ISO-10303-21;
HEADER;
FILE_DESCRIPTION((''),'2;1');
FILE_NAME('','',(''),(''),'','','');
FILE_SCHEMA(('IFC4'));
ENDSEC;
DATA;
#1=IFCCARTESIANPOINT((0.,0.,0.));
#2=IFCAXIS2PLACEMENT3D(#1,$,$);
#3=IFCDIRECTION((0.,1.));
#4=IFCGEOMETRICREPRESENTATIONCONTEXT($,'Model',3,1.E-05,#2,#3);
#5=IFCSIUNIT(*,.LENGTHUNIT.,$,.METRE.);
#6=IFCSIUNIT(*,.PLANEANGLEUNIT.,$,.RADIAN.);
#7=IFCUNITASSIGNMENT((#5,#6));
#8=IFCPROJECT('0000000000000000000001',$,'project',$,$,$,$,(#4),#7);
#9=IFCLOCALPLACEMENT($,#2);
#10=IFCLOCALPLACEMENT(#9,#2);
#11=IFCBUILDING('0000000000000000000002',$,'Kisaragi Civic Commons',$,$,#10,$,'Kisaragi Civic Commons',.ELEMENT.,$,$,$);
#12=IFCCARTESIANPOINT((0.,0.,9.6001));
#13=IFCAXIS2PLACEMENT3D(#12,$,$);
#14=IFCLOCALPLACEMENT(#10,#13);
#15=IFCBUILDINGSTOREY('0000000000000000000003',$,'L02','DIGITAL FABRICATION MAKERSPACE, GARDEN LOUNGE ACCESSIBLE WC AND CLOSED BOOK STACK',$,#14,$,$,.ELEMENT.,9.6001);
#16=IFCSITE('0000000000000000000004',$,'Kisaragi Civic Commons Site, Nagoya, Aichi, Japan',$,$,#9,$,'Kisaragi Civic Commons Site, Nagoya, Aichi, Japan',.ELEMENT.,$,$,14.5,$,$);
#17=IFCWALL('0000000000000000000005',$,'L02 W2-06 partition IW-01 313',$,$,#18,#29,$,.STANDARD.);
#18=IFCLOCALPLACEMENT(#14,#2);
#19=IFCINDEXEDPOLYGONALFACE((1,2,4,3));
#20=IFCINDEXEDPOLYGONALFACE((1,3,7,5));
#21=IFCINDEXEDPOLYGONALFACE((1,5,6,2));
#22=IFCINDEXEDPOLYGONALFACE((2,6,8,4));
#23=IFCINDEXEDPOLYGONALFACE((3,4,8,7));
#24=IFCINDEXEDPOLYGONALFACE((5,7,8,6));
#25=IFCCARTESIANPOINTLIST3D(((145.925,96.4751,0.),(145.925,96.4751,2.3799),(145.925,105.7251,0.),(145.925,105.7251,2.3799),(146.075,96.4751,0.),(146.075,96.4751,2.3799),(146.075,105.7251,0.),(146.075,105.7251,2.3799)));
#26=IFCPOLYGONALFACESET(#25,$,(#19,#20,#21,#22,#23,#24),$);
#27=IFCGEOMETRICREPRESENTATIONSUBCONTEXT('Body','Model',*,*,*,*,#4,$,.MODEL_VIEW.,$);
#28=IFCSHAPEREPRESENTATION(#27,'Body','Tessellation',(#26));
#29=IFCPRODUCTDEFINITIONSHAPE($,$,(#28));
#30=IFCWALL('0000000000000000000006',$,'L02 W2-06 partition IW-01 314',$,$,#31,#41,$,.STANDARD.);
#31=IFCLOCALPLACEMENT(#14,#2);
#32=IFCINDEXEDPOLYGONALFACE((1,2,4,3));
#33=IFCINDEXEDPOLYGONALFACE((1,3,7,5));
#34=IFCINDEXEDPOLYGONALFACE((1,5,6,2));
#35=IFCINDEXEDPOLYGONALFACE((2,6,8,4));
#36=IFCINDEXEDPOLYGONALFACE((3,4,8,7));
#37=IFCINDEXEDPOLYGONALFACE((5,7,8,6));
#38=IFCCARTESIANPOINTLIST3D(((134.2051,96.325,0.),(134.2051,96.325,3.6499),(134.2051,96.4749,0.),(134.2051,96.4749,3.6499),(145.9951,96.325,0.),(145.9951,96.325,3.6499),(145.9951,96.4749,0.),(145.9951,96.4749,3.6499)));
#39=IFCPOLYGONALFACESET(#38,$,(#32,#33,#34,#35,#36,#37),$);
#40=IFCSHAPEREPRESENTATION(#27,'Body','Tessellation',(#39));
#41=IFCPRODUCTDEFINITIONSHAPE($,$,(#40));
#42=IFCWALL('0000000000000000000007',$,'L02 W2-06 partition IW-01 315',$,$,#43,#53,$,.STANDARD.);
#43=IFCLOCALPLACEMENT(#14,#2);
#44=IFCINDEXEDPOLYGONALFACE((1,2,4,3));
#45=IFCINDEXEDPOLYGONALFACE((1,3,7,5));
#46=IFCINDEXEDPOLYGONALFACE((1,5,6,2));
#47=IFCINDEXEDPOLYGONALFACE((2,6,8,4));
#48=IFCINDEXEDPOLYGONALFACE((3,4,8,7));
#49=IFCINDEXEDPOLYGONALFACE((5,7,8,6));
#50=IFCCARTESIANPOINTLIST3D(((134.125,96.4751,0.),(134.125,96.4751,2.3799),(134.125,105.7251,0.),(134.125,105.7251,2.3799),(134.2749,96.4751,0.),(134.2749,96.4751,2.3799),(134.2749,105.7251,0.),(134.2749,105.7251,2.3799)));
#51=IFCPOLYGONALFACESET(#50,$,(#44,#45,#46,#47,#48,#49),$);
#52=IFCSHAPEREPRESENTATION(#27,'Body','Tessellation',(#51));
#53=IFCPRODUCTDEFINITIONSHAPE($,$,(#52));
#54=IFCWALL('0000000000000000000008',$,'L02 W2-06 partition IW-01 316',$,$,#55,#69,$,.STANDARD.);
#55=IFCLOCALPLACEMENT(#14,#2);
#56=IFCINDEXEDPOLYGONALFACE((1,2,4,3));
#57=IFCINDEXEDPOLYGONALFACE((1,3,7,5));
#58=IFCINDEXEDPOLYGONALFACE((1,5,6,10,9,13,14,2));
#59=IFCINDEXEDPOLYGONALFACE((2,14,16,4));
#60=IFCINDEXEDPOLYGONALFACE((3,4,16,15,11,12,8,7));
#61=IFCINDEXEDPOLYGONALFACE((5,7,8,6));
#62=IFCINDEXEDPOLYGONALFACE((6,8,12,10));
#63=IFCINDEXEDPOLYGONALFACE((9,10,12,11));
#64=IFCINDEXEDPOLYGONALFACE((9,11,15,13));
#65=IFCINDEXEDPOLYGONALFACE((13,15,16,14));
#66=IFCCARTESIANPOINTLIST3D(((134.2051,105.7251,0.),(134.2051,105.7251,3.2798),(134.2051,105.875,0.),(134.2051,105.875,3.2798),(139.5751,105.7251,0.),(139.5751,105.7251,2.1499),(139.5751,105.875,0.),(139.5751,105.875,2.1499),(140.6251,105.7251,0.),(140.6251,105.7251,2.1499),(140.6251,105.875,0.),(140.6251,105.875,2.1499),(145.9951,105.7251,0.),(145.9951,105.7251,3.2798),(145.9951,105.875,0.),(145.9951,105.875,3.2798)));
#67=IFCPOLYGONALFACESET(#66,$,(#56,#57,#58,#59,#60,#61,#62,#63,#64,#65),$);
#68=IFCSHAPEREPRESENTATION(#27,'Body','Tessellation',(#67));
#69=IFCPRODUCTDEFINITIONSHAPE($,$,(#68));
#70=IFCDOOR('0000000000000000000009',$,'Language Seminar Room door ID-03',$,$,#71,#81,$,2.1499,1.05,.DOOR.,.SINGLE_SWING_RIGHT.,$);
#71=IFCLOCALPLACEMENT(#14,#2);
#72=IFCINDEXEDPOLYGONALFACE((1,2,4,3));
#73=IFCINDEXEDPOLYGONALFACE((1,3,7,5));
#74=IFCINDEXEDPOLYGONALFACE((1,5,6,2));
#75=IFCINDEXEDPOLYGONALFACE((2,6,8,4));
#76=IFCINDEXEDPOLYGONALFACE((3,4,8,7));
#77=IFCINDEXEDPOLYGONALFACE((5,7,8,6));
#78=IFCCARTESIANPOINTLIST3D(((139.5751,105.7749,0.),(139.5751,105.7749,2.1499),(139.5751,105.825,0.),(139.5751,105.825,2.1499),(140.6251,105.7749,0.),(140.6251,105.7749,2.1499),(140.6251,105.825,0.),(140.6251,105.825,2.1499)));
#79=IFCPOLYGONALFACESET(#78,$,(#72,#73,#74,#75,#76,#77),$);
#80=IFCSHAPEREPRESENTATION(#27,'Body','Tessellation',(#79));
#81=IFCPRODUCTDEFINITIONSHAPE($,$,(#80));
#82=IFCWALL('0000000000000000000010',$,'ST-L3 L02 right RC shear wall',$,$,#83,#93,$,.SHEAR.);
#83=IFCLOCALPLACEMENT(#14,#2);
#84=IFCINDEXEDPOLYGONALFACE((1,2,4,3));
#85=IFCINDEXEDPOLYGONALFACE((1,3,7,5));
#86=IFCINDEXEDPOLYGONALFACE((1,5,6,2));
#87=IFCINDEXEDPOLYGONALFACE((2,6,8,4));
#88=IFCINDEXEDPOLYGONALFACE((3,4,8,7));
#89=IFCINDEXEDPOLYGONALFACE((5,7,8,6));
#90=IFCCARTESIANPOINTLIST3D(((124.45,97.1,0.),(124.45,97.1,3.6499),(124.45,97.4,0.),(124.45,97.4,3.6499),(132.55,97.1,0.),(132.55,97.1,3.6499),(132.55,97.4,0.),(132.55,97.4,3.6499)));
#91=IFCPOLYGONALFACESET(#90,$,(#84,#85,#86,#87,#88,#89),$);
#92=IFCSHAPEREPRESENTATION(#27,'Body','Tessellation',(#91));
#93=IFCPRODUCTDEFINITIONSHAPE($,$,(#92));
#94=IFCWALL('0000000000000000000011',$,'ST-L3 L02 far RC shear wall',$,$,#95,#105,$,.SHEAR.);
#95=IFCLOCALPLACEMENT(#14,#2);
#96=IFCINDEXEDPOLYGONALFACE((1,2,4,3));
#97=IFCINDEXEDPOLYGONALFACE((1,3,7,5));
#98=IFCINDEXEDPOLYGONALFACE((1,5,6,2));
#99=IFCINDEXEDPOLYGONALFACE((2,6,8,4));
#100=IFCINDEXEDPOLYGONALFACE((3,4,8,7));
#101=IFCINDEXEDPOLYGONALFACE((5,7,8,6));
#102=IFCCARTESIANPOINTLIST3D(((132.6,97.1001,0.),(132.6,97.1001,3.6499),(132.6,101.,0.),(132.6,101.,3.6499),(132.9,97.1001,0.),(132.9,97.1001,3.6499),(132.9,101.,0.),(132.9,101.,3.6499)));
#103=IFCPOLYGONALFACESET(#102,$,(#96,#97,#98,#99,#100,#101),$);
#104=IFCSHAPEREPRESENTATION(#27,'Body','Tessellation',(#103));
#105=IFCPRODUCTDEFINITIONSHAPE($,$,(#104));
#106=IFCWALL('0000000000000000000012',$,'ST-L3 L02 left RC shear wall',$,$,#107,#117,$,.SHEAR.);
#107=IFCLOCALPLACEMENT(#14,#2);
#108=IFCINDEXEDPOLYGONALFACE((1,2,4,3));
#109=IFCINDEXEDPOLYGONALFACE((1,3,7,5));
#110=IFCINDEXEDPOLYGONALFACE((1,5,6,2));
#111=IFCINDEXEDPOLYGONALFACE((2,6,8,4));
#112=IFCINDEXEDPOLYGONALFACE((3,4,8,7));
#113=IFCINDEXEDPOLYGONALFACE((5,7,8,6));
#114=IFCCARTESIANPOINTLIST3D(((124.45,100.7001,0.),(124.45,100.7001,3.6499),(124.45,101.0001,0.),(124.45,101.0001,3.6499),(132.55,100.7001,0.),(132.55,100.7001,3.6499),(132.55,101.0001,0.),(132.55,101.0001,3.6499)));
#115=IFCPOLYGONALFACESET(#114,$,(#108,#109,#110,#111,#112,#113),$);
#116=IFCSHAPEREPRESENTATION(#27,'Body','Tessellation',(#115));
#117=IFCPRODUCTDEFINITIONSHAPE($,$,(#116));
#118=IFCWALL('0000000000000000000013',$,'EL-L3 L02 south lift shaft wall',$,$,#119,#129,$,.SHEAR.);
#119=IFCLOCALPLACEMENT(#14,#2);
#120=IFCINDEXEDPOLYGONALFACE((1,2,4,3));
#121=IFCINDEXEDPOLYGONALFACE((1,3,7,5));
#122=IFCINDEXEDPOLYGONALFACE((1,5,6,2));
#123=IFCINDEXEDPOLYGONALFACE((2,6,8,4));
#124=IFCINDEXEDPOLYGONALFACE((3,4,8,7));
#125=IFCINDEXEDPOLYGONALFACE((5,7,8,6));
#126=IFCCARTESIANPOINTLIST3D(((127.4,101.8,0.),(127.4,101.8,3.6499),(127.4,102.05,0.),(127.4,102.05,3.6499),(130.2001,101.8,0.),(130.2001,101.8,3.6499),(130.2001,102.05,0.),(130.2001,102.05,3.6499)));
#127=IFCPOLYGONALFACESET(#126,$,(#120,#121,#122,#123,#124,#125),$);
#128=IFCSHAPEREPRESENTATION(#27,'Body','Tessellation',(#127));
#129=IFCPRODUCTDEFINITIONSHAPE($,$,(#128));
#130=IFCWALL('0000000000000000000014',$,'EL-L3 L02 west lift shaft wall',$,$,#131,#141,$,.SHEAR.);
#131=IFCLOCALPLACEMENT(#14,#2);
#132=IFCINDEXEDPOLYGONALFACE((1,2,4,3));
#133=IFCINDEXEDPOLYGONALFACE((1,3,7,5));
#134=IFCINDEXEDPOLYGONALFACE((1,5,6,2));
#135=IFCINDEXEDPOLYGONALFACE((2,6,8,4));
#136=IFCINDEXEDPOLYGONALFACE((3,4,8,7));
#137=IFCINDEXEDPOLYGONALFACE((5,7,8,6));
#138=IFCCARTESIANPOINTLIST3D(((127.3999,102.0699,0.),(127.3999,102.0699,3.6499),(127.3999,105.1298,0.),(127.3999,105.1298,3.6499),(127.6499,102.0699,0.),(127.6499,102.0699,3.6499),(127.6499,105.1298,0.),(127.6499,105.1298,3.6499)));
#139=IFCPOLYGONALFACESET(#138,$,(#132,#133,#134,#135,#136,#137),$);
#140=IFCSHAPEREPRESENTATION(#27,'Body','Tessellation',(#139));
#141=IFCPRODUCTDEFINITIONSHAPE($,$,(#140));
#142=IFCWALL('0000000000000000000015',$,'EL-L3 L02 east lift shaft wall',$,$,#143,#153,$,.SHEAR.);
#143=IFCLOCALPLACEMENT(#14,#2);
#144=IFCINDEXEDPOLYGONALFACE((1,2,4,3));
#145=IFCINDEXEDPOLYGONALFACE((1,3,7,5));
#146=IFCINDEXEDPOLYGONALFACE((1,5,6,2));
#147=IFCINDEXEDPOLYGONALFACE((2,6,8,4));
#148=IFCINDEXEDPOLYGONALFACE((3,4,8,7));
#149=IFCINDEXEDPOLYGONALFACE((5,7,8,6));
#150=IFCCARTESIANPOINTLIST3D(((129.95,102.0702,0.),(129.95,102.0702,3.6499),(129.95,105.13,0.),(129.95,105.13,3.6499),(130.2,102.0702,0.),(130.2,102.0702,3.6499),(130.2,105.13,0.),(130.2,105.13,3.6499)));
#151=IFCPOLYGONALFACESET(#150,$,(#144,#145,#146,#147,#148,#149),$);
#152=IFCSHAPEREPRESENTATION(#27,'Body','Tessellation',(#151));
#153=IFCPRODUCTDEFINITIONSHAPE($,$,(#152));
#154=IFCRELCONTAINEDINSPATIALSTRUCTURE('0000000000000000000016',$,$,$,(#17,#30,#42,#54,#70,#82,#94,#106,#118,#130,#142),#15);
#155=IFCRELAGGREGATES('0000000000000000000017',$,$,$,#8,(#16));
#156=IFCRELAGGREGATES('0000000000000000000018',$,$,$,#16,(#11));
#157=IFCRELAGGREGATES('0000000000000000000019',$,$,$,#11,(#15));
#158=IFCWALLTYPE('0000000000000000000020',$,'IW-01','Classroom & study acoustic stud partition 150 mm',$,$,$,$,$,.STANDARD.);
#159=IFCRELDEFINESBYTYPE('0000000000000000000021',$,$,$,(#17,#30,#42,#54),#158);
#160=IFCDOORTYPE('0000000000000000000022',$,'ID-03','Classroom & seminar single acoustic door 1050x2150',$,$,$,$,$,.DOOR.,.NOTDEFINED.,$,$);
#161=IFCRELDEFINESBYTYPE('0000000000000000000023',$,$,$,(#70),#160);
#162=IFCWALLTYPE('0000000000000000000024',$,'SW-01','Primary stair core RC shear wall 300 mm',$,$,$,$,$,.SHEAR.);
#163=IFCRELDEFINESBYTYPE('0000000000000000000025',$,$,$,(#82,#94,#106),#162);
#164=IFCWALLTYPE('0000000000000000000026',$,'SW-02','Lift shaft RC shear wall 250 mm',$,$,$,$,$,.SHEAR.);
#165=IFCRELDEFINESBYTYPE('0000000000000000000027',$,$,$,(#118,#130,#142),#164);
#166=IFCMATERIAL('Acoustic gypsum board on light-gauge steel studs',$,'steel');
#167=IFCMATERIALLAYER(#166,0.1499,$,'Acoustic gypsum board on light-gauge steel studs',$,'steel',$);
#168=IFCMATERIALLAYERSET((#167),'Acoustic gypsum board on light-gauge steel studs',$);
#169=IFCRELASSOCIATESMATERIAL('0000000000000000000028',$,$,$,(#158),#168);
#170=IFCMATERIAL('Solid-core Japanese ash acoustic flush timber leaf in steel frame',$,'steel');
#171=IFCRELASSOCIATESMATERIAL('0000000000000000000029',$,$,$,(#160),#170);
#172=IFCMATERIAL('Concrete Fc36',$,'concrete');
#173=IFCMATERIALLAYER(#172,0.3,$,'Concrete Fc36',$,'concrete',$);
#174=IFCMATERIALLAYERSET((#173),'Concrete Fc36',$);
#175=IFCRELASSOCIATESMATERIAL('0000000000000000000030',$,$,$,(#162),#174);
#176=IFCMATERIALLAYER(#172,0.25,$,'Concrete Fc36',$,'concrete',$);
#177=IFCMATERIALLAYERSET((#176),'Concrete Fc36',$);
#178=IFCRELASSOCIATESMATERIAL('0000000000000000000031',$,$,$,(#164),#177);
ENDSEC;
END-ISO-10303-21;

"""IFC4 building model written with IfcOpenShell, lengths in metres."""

from ifc_helpers import new_model, si_unit, direction, frame, frame_2d, origin, place, context, subcontext, project, spatial, rectangle, extrude, material, layer, layer_set, type_object, element, fill, save


model = new_model("IFC4")

# Units and contexts
model_context = context("Model", 3, precision=1e-05, world=origin(), true_north=direction((0.0, 1.0)))
body_context = subcontext(model_context, "Body", "Model", "MODEL_VIEW")
ifc_project = project(units=[si_unit("LENGTHUNIT", "METRE"), si_unit("PLANEANGLEUNIT", "RADIAN")], contexts=[model_context])

# Site, building, storey
site_placement = place(None, origin())
site = spatial("IfcSite", under=ifc_project, at=site_placement, Name="Kisaragi Civic Commons Site, Nagoya, Aichi, Japan", LongName="Kisaragi Civic Commons Site, Nagoya, Aichi, Japan", CompositionType="ELEMENT", RefElevation=14.5)
building_placement = place(site_placement, origin())
building = spatial("IfcBuilding", under=site, at=building_placement, Name="Kisaragi Civic Commons", LongName="Kisaragi Civic Commons", CompositionType="ELEMENT")
storey_placement = place(building_placement, frame((0.0, 0.0, 9.6001)))
storey = spatial("IfcBuildingStorey", under=building, at=storey_placement, Name="L02", Description="DIGITAL FABRICATION MAKERSPACE, GARDEN LOUNGE ACCESSIBLE WC AND CLOSED BOOK STACK", CompositionType="ELEMENT", Elevation=9.6001)

# Shared definitions
ifc_material_1 = material(Name="Concrete Fc36", Category="concrete")

# Walls
ifc_material_2 = material(Name="Acoustic gypsum board on light-gauge steel studs", Category="steel")
ifc_layer_1 = layer(ifc_material_2, 0.1499, Name="Acoustic gypsum board on light-gauge steel studs", Category="steel")
ifc_layer_set_1 = layer_set([ifc_layer_1], Name="Acoustic gypsum board on light-gauge steel studs")
wall_type_1 = type_object("IfcWallType", Name="IW-01", Description="Classroom & study acoustic stud partition 150 mm", PredefinedType="STANDARD", material=ifc_layer_set_1)
wall_1_placement = place(storey_placement, frame((146.0, 105.7251, 0.0), z_axis=(0.0, 0.0, 1.0), x_axis=(0.0, -1.0, 0.0)))
element("IfcWall", 1, at=wall_1_placement, inside=storey, type_object=wall_type_1, Name="L02 W2-06 partition IW-01 313", PredefinedType="STANDARD", context=body_context, shape_type="SweptSolid", body=[
    extrude(rectangle(XDim=9.25, YDim=0.1499, at=frame_2d((4.625, 0.0))), origin(), (0.0, 0.0, 1.0), 2.3799),
])
wall_2_placement = place(storey_placement, frame((145.9951, 96.3999, 0.0), z_axis=(0.0, 0.0, 1.0), x_axis=(-1.0, 0.0, 0.0)))
element("IfcWall", 2, at=wall_2_placement, inside=storey, type_object=wall_type_1, Name="L02 W2-06 partition IW-01 314", PredefinedType="STANDARD", context=body_context, shape_type="SweptSolid", body=[
    extrude(rectangle(XDim=11.79, YDim=0.1499, at=frame_2d((5.895, 0.0))), origin(), (0.0, 0.0, 1.0), 3.6499),
])
wall_3_placement = place(storey_placement, frame((134.2, 96.4751, 0.0), z_axis=(0.0, 0.0, 1.0), x_axis=(0.0, 1.0, 0.0)))
element("IfcWall", 3, at=wall_3_placement, inside=storey, type_object=wall_type_1, Name="L02 W2-06 partition IW-01 315", PredefinedType="STANDARD", context=body_context, shape_type="SweptSolid", body=[
    extrude(rectangle(XDim=9.25, YDim=0.1499, at=frame_2d((4.625, 0.0))), origin(), (0.0, 0.0, 1.0), 2.3799),
])

# Wall, opening, door
wall_4_placement = place(storey_placement, frame((134.2051, 105.8, 0.0), z_axis=(0.0, 0.0, 1.0), x_axis=(1.0, 0.0, 0.0)))
wall_4 = element("IfcWall", 4, at=wall_4_placement, inside=storey, type_object=wall_type_1, Name="L02 W2-06 partition IW-01 316", PredefinedType="STANDARD", context=body_context, shape_type="SweptSolid", body=[
    extrude(rectangle(XDim=11.79, YDim=0.1499, at=frame_2d((5.895, 0.0))), origin(), (0.0, 0.0, 1.0), 3.2798),
])
opening_1_placement = place(wall_4_placement, frame((5.3701, 0.0, 0.0)))
opening_1 = element("IfcOpeningElement", 5, at=opening_1_placement, cuts=wall_4, PredefinedType="OPENING", context=body_context, shape_type="SweptSolid", body=[
    extrude(rectangle(XDim=1.05, YDim=2.1499, at=frame_2d((0.5249, 1.075))), frame((0.0, 0.085, 0.0), z_axis=(0.0, -1.0, 0.0), x_axis=(1.0, 0.0, 0.0)), (0.0, 0.0, 1.0), 0.1699),
])
ifc_material_3 = material(Name="Solid-core Japanese ash acoustic flush timber leaf in steel frame", Category="steel")
door_type_1 = type_object("IfcDoorType", Name="ID-03", Description="Classroom & seminar single acoustic door 1050x2150", OperationType="NOTDEFINED", PredefinedType="DOOR", material=ifc_material_3)
door_1_placement = place(opening_1_placement, origin())
door_1 = element("IfcDoor", 6, at=door_1_placement, inside=storey, type_object=door_type_1, Name="Language Seminar Room door ID-03", OperationType="SINGLE_SWING_RIGHT", OverallHeight=2.1499, OverallWidth=1.05, PredefinedType="DOOR", context=body_context, shape_type="SweptSolid", body=[
    extrude(rectangle(XDim=1.05, YDim=2.1499, at=frame_2d((0.5249, 1.075))), frame((0.0, 0.0249, 0.0), z_axis=(0.0, -1.0, 0.0), x_axis=(1.0, 0.0, 0.0)), (0.0, 0.0, 1.0), 0.05),
])
fill(opening_1, door_1)

# Walls
ifc_layer_2 = layer(ifc_material_1, 0.3, Name="Concrete Fc36", Category="concrete")
ifc_layer_set_2 = layer_set([ifc_layer_2], Name="Concrete Fc36")
wall_type_2 = type_object("IfcWallType", Name="SW-01", Description="Primary stair core RC shear wall 300 mm", PredefinedType="SHEAR", material=ifc_layer_set_2)
wall_5_placement = place(storey_placement, frame((124.45, 97.25, 0.0), z_axis=(0.0, 0.0, 1.0), x_axis=(1.0, 0.0, 0.0)))
element("IfcWall", 7, at=wall_5_placement, inside=storey, type_object=wall_type_2, Name="ST-L3 L02 right RC shear wall", PredefinedType="SHEAR", context=body_context, shape_type="SweptSolid", body=[
    extrude(rectangle(XDim=8.1001, YDim=0.3, at=frame_2d((4.05, 0.0))), origin(), (0.0, 0.0, 1.0), 3.6499),
])
wall_6_placement = place(storey_placement, frame((132.75, 97.1001, 0.0), z_axis=(0.0, 0.0, 1.0), x_axis=(0.0, 1.0, 0.0)))
element("IfcWall", 8, at=wall_6_placement, inside=storey, type_object=wall_type_2, Name="ST-L3 L02 far RC shear wall", PredefinedType="SHEAR", context=body_context, shape_type="SweptSolid", body=[
    extrude(rectangle(XDim=3.8999, YDim=0.3, at=frame_2d((1.95, 0.0))), origin(), (0.0, 0.0, 1.0), 3.6499),
])
wall_7_placement = place(storey_placement, frame((132.55, 100.8501, 0.0), z_axis=(0.0, 0.0, 1.0), x_axis=(-1.0, 0.0, 0.0)))
element("IfcWall", 9, at=wall_7_placement, inside=storey, type_object=wall_type_2, Name="ST-L3 L02 left RC shear wall", PredefinedType="SHEAR", context=body_context, shape_type="SweptSolid", body=[
    extrude(rectangle(XDim=8.1001, YDim=0.3, at=frame_2d((4.05, 0.0))), origin(), (0.0, 0.0, 1.0), 3.6499),
])
ifc_layer_3 = layer(ifc_material_1, 0.25, Name="Concrete Fc36", Category="concrete")
ifc_layer_set_3 = layer_set([ifc_layer_3], Name="Concrete Fc36")
wall_type_3 = type_object("IfcWallType", Name="SW-02", Description="Lift shaft RC shear wall 250 mm", PredefinedType="SHEAR", material=ifc_layer_set_3)
wall_8_placement = place(storey_placement, frame((130.2, 101.925, 0.0), z_axis=(0.0, 0.0, 1.0), x_axis=(-1.0, 0.0, 0.0)))
element("IfcWall", 10, at=wall_8_placement, inside=storey, type_object=wall_type_3, Name="EL-L3 L02 south lift shaft wall", PredefinedType="SHEAR", context=body_context, shape_type="SweptSolid", body=[
    extrude(rectangle(XDim=2.8, YDim=0.25, at=frame_2d((1.3999, 0.0))), origin(), (0.0, 0.0, 1.0), 3.6499),
])
wall_9_placement = place(storey_placement, frame((127.5249, 102.0701, 0.0), z_axis=(0.0, 0.0, 1.0), x_axis=(0.0, 1.0, 0.0)))
element("IfcWall", 11, at=wall_9_placement, inside=storey, type_object=wall_type_3, Name="EL-L3 L02 west lift shaft wall", PredefinedType="SHEAR", context=body_context, shape_type="SweptSolid", body=[
    extrude(rectangle(XDim=3.0598, YDim=0.25, at=frame_2d((1.5298, 0.0))), origin(), (0.0, 0.0, 1.0), 3.6499),
])

# Wall
wall_10_placement = place(storey_placement, frame((130.075, 105.1299, 0.0), z_axis=(0.0, 0.0, 1.0), x_axis=(0.0, -1.0, 0.0)))
element("IfcWall", 12, at=wall_10_placement, inside=storey, type_object=wall_type_3, Name="EL-L3 L02 east lift shaft wall", PredefinedType="SHEAR", context=body_context, shape_type="SweptSolid", body=[
    extrude(rectangle(XDim=3.0598, YDim=0.25, at=frame_2d((1.5298, 0.0))), origin(), (0.0, 0.0, 1.0), 3.6499),
])

save(model, "model.ifc")
